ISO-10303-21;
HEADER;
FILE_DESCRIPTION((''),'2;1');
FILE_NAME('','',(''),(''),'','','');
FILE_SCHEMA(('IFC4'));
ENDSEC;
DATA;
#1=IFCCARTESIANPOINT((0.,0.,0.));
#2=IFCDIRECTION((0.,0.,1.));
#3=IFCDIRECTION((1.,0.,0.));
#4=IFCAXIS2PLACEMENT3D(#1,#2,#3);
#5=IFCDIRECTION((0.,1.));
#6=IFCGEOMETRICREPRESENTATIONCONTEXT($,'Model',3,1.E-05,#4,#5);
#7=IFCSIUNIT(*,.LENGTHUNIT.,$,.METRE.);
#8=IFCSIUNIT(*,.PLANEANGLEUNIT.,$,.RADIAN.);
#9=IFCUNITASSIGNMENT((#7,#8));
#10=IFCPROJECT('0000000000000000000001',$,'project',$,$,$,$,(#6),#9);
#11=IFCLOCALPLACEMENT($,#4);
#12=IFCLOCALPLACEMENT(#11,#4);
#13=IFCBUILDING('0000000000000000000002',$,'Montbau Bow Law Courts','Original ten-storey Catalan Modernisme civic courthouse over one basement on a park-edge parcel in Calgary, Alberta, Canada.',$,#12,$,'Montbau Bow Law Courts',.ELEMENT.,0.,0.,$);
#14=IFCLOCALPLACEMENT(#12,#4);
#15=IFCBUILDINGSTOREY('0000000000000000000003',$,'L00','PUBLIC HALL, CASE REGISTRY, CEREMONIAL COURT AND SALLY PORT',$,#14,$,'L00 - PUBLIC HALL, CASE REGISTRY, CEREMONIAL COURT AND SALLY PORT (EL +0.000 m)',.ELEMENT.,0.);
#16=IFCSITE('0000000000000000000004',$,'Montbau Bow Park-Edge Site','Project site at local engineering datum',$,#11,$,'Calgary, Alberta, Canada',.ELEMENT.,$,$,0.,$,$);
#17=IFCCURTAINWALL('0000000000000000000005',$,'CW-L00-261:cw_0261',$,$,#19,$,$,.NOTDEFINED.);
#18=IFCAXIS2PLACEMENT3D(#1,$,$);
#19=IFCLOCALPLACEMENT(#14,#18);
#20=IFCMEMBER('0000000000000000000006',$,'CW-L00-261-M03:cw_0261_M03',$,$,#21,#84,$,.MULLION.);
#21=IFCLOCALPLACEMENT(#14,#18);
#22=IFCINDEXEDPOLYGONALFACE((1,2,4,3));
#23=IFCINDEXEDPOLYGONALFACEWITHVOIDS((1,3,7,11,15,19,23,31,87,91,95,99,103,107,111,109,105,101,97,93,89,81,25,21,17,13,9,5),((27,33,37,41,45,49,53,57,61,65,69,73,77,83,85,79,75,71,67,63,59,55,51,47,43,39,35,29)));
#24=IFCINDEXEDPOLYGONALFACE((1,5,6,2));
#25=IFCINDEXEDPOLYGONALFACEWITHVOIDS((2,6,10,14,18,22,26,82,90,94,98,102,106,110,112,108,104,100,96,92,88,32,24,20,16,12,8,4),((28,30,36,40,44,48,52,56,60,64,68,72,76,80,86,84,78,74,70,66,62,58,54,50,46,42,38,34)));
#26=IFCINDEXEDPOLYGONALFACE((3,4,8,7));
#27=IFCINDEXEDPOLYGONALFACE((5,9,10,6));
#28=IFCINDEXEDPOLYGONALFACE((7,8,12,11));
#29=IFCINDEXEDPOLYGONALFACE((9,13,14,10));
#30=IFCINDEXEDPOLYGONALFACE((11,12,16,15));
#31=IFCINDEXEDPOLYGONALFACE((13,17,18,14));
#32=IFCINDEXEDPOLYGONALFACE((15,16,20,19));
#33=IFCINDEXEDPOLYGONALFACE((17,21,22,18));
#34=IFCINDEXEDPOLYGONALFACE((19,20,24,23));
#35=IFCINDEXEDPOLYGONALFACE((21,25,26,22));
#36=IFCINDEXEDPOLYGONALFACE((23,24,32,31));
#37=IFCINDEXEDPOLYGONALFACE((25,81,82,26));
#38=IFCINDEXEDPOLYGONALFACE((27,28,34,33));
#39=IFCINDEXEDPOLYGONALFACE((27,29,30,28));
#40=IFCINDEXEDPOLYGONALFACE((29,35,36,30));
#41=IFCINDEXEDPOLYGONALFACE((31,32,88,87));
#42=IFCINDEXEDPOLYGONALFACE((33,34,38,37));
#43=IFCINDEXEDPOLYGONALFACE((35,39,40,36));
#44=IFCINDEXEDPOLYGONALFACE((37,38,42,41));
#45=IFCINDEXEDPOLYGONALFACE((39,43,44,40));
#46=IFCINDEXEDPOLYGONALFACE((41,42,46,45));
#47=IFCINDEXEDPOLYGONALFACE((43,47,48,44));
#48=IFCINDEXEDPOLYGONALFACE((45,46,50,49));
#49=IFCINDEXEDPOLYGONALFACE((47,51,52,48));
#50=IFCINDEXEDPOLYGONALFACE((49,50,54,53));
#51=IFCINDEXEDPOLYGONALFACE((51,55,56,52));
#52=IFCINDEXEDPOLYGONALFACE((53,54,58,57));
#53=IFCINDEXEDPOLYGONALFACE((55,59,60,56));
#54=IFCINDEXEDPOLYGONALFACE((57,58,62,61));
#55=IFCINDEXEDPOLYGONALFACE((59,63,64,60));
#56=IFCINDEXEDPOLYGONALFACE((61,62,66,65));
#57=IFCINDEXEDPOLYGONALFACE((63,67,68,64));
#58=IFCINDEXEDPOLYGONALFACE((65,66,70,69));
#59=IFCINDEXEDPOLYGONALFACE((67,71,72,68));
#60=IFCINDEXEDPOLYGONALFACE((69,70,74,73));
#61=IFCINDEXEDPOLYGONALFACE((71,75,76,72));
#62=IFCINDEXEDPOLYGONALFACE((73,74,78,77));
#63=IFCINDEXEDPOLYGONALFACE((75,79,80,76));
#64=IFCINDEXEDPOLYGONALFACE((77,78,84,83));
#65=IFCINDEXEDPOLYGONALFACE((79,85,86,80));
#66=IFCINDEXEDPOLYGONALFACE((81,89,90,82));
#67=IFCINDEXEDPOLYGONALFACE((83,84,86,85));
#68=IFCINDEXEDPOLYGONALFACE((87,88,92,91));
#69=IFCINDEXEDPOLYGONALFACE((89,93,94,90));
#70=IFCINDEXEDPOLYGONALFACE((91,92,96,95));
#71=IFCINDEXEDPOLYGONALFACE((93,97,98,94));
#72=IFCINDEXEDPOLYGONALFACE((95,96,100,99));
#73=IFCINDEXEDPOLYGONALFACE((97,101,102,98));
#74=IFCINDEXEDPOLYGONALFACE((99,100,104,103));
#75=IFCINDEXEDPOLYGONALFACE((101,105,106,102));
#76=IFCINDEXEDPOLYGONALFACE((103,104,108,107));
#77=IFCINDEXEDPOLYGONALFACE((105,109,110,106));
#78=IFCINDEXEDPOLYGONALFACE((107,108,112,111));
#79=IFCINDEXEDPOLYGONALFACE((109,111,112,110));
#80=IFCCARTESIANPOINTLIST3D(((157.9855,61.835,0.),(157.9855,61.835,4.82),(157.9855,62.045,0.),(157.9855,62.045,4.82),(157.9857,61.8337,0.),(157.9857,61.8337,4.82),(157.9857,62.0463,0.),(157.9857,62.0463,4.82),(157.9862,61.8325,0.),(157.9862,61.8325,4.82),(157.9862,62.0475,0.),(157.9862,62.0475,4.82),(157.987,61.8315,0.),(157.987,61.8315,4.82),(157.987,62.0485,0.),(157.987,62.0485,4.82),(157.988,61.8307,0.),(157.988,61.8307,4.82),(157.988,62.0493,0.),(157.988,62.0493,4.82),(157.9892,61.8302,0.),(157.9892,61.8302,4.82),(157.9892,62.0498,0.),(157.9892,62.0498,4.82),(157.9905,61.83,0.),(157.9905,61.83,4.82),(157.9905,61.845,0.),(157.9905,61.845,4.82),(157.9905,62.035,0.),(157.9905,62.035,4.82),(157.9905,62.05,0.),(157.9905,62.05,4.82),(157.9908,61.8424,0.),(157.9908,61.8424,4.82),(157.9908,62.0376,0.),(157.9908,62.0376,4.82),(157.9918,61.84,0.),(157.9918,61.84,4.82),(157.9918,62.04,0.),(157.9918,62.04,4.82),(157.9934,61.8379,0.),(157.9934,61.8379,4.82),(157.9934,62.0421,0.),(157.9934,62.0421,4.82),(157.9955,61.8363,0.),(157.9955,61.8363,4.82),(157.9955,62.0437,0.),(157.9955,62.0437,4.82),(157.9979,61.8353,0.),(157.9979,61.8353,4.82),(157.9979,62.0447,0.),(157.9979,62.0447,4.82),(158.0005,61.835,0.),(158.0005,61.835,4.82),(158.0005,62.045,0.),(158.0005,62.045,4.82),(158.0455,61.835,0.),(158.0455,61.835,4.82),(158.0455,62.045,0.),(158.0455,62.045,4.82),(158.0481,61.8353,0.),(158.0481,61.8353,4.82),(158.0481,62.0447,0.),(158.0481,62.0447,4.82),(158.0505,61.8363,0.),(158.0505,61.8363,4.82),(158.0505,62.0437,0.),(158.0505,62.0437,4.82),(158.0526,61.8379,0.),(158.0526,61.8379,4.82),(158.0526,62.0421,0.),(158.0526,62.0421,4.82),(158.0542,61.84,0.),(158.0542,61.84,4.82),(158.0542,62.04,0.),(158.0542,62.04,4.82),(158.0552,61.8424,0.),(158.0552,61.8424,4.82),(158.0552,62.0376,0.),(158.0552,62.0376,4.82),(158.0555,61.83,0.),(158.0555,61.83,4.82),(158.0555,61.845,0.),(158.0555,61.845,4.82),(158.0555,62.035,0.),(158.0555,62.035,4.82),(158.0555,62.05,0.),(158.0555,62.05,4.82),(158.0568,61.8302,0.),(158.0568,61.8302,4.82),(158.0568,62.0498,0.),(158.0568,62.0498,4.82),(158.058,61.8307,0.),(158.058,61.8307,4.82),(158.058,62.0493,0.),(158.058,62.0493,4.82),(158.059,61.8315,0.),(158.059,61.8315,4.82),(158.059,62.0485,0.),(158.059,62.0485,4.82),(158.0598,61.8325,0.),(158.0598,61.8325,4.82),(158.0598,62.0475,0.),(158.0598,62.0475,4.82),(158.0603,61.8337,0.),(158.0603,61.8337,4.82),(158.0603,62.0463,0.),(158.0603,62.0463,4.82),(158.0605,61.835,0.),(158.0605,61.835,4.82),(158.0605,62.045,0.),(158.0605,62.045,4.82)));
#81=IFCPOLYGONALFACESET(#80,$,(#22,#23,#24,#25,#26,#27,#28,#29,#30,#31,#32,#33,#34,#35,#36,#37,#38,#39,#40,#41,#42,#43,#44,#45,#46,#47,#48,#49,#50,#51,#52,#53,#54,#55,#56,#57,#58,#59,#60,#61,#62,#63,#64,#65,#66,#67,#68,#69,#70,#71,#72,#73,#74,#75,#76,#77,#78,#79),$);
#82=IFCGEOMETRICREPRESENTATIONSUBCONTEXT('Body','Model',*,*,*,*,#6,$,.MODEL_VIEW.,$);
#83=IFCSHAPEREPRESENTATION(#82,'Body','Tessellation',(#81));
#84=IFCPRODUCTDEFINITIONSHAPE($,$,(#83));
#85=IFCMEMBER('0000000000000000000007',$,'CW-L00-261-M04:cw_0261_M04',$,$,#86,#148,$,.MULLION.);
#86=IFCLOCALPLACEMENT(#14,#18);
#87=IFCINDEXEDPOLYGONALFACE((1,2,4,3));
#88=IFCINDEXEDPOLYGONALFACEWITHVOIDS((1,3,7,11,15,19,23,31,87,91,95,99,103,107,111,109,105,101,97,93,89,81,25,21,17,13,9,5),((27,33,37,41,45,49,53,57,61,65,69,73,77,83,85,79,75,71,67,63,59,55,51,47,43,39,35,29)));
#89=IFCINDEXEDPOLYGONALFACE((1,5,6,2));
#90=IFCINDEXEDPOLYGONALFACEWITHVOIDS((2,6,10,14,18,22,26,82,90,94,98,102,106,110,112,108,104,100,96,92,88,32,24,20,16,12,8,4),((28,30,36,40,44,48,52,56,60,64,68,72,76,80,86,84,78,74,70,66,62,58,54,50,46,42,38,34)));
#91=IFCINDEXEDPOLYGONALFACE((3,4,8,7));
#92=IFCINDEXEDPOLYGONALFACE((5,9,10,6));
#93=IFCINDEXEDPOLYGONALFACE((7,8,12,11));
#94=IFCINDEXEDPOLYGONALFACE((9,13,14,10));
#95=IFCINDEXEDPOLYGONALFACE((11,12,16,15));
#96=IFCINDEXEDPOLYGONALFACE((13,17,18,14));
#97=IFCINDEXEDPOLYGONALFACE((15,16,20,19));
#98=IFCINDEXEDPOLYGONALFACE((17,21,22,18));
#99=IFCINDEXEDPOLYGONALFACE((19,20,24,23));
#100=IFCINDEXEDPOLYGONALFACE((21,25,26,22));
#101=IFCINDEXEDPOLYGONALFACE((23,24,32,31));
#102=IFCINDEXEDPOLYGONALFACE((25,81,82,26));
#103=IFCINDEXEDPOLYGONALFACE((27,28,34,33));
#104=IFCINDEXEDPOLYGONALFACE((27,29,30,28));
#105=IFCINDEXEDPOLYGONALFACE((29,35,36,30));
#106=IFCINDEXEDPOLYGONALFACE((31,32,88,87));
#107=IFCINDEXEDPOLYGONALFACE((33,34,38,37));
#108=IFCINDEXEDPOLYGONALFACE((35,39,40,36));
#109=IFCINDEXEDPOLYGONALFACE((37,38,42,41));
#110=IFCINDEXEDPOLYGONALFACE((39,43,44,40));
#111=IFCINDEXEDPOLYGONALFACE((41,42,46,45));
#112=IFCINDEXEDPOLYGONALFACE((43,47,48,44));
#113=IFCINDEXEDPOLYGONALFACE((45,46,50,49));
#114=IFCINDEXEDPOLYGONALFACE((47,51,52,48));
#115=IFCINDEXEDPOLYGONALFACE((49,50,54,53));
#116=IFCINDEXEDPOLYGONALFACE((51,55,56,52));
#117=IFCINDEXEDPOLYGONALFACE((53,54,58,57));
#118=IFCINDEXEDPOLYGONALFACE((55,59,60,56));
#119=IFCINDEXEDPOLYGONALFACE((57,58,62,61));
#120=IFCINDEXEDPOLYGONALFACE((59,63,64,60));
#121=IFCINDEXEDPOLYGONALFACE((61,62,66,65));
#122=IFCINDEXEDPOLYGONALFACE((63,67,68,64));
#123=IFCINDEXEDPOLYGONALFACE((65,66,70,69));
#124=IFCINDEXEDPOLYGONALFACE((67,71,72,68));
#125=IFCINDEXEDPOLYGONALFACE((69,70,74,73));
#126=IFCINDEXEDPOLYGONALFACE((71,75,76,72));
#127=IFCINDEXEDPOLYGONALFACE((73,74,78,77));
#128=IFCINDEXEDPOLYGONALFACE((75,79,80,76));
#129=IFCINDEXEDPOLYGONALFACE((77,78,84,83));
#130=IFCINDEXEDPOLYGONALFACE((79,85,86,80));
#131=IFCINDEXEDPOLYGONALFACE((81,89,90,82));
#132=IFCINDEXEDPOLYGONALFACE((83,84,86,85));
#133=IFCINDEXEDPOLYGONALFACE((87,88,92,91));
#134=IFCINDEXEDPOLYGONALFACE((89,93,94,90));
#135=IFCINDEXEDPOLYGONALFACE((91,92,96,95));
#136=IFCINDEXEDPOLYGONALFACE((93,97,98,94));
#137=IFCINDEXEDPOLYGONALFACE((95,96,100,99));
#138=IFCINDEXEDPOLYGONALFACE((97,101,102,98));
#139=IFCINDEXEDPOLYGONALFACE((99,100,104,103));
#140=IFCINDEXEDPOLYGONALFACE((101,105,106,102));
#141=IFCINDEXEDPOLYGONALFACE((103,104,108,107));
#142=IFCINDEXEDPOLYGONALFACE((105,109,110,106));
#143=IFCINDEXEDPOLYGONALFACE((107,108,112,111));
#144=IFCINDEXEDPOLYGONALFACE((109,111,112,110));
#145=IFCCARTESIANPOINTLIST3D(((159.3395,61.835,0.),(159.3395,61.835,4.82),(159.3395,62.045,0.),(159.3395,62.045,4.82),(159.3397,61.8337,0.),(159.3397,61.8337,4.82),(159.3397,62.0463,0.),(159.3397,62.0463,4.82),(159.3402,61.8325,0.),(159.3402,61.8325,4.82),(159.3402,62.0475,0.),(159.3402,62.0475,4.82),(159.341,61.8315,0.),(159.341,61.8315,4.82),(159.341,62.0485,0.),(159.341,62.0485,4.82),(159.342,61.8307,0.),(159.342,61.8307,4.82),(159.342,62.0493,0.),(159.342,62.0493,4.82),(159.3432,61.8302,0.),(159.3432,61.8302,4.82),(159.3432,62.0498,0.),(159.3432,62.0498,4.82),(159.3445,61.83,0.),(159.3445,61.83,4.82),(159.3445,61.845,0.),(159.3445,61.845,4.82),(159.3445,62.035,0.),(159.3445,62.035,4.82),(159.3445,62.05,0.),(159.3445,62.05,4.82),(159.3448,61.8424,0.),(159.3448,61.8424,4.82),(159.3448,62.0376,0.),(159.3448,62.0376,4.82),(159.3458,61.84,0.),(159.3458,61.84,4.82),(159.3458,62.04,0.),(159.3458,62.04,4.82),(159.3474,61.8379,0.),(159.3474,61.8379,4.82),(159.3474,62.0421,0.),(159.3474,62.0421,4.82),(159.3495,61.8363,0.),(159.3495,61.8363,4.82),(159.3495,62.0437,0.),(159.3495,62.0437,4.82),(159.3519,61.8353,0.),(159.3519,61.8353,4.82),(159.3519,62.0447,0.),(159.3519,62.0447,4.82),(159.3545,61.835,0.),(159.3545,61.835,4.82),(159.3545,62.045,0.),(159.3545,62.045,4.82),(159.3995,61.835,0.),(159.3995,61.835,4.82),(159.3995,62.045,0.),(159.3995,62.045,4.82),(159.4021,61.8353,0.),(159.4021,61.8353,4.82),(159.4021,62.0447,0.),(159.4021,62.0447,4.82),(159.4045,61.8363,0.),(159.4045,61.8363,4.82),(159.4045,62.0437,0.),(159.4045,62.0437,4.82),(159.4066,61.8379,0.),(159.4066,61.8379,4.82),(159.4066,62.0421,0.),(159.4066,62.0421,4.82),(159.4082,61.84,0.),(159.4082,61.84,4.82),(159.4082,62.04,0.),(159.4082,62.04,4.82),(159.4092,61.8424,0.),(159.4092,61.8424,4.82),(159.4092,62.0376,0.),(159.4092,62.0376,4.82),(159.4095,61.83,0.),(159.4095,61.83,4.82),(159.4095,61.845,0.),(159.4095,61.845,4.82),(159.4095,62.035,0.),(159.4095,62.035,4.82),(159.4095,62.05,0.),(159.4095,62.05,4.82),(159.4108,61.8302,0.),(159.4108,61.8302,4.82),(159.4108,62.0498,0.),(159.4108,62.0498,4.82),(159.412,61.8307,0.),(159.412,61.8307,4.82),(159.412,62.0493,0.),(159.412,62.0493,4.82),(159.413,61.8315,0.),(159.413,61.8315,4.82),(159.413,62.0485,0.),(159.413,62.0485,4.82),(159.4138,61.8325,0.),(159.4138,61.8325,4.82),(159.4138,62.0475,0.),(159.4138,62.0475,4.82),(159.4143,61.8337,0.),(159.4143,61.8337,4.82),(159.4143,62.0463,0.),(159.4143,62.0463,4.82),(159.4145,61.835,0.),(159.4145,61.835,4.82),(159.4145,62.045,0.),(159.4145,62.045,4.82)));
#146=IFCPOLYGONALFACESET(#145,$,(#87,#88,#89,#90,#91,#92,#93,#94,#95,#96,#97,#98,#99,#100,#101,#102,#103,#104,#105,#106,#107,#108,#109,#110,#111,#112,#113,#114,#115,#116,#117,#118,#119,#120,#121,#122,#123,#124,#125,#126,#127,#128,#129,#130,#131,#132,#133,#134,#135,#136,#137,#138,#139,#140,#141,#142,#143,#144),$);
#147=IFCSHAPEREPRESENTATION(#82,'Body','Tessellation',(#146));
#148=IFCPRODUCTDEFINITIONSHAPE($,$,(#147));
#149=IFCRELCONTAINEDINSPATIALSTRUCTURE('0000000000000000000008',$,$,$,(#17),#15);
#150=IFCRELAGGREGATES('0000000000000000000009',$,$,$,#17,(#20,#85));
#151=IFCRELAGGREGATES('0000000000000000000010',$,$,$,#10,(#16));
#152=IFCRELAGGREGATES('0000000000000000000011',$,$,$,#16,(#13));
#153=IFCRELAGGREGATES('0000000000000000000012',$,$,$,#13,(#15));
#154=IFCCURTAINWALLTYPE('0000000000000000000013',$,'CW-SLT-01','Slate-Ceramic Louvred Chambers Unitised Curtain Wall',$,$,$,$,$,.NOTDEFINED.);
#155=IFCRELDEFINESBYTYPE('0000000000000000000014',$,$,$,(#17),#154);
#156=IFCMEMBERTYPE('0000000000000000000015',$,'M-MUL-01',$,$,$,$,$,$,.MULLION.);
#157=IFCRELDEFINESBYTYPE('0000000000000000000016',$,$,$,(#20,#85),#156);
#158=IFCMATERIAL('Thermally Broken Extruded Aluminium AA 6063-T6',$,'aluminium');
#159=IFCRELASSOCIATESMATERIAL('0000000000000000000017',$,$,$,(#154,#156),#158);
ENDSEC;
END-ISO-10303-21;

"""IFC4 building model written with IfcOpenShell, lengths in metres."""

from ifc_helpers import new_model, si_unit, direction, frame, origin_with_axes, origin_2d_with_axis, place, context, subcontext, project, spatial, hollow_rectangle, extrude, material, material_profile, profile_set, type_object, element, aggregate, save


model = new_model("IFC4")

# Units and contexts
model_context = context("Model", 3, precision=1e-05, world=origin_with_axes(), true_north=direction((0.0, 1.0)))
body_context = subcontext(model_context, "Body", "Model", "MODEL_VIEW")
ifc_project = project(units=[si_unit("LENGTHUNIT", "METRE"), si_unit("PLANEANGLEUNIT", "RADIAN")], contexts=[model_context])

# Site, building, storey
site_placement = place(None, origin_with_axes())
site = spatial("IfcSite", under=ifc_project, at=site_placement, Name="Montbau Bow Park-Edge Site", Description="Project site at local engineering datum", LongName="Calgary, Alberta, Canada", CompositionType="ELEMENT", RefElevation=0.0)
building_placement = place(site_placement, origin_with_axes())
building = spatial("IfcBuilding", under=site, at=building_placement, Name="Montbau Bow Law Courts", Description="Original ten-storey Catalan Modernisme civic courthouse over one basement on a park-edge parcel in Calgary, Alberta, Canada.", LongName="Montbau Bow Law Courts", CompositionType="ELEMENT", ElevationOfRefHeight=0.0, ElevationOfTerrain=0.0)
storey_placement = place(building_placement, origin_with_axes())
storey = spatial("IfcBuildingStorey", under=building, at=storey_placement, Name="L00", Description="PUBLIC HALL, CASE REGISTRY, CEREMONIAL COURT AND SALLY PORT", LongName="L00 - PUBLIC HALL, CASE REGISTRY, CEREMONIAL COURT AND SALLY PORT (EL +0.000 m)", CompositionType="ELEMENT", Elevation=0.0)

# Curtain wall, members
ifc_material_1 = material(Name="Thermally Broken Extruded Aluminium AA 6063-T6", Category="aluminium")
curtain_wall_type = type_object("IfcCurtainWallType", Name="CW-SLT-01", Description="Slate-Ceramic Louvred Chambers Unitised Curtain Wall", PredefinedType="NOTDEFINED", material=ifc_material_1)
curtain_wall_placement = place(None, frame((155.315, 61.94, 0.0), z_axis=(0.0, 0.0, 1.0), x_axis=(1.0, 0.0, 0.0)))
curtain_wall = element("IfcCurtainWall", 1, at=curtain_wall_placement, inside=storey, type_object=curtain_wall_type, Name="CW-L00-261:cw_0261", PredefinedType="NOTDEFINED")
ifc_material_profile_1 = material_profile(ifc_material_1, hollow_rectangle(XDim=0.075, YDim=0.22, WallThickness=0.005, InnerFilletRadius=0.01, OuterFilletRadius=0.005, at=origin_2d_with_axis()), Name="CWM-220X75", Category="Main", Priority=0)
ifc_profile_set_1 = profile_set([ifc_material_profile_1], Name="Thermally Broken Extruded Aluminium AA 6063-T6")
member_type_1 = type_object("IfcMemberType", Name="M-MUL-01", PredefinedType="MULLION", material=ifc_profile_set_1)
member_1_placement = place(None, frame((158.023, 61.94, 0.0), z_axis=(0.0, 0.0, 1.0), x_axis=(1.0, 0.0, 0.0)))
member_1 = element("IfcMember", 2, at=member_1_placement, type_object=member_type_1, Name="CW-L00-261-M03:cw_0261_M03", PredefinedType="MULLION", context=body_context, shape_type="SweptSolid", body=[
    extrude(hollow_rectangle(XDim=0.075, YDim=0.22, WallThickness=0.005, InnerFilletRadius=0.01, OuterFilletRadius=0.005, at=origin_2d_with_axis()), origin_with_axes(), (0.0, 0.0, 1.0), 4.82),
])
member_2_placement = place(None, frame((159.377, 61.94, 0.0), z_axis=(0.0, 0.0, 1.0), x_axis=(1.0, 0.0, 0.0)))
member_2 = element("IfcMember", 3, at=member_2_placement, type_object=member_type_1, Name="CW-L00-261-M04:cw_0261_M04", PredefinedType="MULLION", context=body_context, shape_type="SweptSolid", body=[
    extrude(hollow_rectangle(XDim=0.075, YDim=0.22, WallThickness=0.005, InnerFilletRadius=0.01, OuterFilletRadius=0.005, at=origin_2d_with_axis()), origin_with_axes(), (0.0, 0.0, 1.0), 4.82),
])
aggregate(curtain_wall, [member_1, member_2])

save(model, "model.ifc")
